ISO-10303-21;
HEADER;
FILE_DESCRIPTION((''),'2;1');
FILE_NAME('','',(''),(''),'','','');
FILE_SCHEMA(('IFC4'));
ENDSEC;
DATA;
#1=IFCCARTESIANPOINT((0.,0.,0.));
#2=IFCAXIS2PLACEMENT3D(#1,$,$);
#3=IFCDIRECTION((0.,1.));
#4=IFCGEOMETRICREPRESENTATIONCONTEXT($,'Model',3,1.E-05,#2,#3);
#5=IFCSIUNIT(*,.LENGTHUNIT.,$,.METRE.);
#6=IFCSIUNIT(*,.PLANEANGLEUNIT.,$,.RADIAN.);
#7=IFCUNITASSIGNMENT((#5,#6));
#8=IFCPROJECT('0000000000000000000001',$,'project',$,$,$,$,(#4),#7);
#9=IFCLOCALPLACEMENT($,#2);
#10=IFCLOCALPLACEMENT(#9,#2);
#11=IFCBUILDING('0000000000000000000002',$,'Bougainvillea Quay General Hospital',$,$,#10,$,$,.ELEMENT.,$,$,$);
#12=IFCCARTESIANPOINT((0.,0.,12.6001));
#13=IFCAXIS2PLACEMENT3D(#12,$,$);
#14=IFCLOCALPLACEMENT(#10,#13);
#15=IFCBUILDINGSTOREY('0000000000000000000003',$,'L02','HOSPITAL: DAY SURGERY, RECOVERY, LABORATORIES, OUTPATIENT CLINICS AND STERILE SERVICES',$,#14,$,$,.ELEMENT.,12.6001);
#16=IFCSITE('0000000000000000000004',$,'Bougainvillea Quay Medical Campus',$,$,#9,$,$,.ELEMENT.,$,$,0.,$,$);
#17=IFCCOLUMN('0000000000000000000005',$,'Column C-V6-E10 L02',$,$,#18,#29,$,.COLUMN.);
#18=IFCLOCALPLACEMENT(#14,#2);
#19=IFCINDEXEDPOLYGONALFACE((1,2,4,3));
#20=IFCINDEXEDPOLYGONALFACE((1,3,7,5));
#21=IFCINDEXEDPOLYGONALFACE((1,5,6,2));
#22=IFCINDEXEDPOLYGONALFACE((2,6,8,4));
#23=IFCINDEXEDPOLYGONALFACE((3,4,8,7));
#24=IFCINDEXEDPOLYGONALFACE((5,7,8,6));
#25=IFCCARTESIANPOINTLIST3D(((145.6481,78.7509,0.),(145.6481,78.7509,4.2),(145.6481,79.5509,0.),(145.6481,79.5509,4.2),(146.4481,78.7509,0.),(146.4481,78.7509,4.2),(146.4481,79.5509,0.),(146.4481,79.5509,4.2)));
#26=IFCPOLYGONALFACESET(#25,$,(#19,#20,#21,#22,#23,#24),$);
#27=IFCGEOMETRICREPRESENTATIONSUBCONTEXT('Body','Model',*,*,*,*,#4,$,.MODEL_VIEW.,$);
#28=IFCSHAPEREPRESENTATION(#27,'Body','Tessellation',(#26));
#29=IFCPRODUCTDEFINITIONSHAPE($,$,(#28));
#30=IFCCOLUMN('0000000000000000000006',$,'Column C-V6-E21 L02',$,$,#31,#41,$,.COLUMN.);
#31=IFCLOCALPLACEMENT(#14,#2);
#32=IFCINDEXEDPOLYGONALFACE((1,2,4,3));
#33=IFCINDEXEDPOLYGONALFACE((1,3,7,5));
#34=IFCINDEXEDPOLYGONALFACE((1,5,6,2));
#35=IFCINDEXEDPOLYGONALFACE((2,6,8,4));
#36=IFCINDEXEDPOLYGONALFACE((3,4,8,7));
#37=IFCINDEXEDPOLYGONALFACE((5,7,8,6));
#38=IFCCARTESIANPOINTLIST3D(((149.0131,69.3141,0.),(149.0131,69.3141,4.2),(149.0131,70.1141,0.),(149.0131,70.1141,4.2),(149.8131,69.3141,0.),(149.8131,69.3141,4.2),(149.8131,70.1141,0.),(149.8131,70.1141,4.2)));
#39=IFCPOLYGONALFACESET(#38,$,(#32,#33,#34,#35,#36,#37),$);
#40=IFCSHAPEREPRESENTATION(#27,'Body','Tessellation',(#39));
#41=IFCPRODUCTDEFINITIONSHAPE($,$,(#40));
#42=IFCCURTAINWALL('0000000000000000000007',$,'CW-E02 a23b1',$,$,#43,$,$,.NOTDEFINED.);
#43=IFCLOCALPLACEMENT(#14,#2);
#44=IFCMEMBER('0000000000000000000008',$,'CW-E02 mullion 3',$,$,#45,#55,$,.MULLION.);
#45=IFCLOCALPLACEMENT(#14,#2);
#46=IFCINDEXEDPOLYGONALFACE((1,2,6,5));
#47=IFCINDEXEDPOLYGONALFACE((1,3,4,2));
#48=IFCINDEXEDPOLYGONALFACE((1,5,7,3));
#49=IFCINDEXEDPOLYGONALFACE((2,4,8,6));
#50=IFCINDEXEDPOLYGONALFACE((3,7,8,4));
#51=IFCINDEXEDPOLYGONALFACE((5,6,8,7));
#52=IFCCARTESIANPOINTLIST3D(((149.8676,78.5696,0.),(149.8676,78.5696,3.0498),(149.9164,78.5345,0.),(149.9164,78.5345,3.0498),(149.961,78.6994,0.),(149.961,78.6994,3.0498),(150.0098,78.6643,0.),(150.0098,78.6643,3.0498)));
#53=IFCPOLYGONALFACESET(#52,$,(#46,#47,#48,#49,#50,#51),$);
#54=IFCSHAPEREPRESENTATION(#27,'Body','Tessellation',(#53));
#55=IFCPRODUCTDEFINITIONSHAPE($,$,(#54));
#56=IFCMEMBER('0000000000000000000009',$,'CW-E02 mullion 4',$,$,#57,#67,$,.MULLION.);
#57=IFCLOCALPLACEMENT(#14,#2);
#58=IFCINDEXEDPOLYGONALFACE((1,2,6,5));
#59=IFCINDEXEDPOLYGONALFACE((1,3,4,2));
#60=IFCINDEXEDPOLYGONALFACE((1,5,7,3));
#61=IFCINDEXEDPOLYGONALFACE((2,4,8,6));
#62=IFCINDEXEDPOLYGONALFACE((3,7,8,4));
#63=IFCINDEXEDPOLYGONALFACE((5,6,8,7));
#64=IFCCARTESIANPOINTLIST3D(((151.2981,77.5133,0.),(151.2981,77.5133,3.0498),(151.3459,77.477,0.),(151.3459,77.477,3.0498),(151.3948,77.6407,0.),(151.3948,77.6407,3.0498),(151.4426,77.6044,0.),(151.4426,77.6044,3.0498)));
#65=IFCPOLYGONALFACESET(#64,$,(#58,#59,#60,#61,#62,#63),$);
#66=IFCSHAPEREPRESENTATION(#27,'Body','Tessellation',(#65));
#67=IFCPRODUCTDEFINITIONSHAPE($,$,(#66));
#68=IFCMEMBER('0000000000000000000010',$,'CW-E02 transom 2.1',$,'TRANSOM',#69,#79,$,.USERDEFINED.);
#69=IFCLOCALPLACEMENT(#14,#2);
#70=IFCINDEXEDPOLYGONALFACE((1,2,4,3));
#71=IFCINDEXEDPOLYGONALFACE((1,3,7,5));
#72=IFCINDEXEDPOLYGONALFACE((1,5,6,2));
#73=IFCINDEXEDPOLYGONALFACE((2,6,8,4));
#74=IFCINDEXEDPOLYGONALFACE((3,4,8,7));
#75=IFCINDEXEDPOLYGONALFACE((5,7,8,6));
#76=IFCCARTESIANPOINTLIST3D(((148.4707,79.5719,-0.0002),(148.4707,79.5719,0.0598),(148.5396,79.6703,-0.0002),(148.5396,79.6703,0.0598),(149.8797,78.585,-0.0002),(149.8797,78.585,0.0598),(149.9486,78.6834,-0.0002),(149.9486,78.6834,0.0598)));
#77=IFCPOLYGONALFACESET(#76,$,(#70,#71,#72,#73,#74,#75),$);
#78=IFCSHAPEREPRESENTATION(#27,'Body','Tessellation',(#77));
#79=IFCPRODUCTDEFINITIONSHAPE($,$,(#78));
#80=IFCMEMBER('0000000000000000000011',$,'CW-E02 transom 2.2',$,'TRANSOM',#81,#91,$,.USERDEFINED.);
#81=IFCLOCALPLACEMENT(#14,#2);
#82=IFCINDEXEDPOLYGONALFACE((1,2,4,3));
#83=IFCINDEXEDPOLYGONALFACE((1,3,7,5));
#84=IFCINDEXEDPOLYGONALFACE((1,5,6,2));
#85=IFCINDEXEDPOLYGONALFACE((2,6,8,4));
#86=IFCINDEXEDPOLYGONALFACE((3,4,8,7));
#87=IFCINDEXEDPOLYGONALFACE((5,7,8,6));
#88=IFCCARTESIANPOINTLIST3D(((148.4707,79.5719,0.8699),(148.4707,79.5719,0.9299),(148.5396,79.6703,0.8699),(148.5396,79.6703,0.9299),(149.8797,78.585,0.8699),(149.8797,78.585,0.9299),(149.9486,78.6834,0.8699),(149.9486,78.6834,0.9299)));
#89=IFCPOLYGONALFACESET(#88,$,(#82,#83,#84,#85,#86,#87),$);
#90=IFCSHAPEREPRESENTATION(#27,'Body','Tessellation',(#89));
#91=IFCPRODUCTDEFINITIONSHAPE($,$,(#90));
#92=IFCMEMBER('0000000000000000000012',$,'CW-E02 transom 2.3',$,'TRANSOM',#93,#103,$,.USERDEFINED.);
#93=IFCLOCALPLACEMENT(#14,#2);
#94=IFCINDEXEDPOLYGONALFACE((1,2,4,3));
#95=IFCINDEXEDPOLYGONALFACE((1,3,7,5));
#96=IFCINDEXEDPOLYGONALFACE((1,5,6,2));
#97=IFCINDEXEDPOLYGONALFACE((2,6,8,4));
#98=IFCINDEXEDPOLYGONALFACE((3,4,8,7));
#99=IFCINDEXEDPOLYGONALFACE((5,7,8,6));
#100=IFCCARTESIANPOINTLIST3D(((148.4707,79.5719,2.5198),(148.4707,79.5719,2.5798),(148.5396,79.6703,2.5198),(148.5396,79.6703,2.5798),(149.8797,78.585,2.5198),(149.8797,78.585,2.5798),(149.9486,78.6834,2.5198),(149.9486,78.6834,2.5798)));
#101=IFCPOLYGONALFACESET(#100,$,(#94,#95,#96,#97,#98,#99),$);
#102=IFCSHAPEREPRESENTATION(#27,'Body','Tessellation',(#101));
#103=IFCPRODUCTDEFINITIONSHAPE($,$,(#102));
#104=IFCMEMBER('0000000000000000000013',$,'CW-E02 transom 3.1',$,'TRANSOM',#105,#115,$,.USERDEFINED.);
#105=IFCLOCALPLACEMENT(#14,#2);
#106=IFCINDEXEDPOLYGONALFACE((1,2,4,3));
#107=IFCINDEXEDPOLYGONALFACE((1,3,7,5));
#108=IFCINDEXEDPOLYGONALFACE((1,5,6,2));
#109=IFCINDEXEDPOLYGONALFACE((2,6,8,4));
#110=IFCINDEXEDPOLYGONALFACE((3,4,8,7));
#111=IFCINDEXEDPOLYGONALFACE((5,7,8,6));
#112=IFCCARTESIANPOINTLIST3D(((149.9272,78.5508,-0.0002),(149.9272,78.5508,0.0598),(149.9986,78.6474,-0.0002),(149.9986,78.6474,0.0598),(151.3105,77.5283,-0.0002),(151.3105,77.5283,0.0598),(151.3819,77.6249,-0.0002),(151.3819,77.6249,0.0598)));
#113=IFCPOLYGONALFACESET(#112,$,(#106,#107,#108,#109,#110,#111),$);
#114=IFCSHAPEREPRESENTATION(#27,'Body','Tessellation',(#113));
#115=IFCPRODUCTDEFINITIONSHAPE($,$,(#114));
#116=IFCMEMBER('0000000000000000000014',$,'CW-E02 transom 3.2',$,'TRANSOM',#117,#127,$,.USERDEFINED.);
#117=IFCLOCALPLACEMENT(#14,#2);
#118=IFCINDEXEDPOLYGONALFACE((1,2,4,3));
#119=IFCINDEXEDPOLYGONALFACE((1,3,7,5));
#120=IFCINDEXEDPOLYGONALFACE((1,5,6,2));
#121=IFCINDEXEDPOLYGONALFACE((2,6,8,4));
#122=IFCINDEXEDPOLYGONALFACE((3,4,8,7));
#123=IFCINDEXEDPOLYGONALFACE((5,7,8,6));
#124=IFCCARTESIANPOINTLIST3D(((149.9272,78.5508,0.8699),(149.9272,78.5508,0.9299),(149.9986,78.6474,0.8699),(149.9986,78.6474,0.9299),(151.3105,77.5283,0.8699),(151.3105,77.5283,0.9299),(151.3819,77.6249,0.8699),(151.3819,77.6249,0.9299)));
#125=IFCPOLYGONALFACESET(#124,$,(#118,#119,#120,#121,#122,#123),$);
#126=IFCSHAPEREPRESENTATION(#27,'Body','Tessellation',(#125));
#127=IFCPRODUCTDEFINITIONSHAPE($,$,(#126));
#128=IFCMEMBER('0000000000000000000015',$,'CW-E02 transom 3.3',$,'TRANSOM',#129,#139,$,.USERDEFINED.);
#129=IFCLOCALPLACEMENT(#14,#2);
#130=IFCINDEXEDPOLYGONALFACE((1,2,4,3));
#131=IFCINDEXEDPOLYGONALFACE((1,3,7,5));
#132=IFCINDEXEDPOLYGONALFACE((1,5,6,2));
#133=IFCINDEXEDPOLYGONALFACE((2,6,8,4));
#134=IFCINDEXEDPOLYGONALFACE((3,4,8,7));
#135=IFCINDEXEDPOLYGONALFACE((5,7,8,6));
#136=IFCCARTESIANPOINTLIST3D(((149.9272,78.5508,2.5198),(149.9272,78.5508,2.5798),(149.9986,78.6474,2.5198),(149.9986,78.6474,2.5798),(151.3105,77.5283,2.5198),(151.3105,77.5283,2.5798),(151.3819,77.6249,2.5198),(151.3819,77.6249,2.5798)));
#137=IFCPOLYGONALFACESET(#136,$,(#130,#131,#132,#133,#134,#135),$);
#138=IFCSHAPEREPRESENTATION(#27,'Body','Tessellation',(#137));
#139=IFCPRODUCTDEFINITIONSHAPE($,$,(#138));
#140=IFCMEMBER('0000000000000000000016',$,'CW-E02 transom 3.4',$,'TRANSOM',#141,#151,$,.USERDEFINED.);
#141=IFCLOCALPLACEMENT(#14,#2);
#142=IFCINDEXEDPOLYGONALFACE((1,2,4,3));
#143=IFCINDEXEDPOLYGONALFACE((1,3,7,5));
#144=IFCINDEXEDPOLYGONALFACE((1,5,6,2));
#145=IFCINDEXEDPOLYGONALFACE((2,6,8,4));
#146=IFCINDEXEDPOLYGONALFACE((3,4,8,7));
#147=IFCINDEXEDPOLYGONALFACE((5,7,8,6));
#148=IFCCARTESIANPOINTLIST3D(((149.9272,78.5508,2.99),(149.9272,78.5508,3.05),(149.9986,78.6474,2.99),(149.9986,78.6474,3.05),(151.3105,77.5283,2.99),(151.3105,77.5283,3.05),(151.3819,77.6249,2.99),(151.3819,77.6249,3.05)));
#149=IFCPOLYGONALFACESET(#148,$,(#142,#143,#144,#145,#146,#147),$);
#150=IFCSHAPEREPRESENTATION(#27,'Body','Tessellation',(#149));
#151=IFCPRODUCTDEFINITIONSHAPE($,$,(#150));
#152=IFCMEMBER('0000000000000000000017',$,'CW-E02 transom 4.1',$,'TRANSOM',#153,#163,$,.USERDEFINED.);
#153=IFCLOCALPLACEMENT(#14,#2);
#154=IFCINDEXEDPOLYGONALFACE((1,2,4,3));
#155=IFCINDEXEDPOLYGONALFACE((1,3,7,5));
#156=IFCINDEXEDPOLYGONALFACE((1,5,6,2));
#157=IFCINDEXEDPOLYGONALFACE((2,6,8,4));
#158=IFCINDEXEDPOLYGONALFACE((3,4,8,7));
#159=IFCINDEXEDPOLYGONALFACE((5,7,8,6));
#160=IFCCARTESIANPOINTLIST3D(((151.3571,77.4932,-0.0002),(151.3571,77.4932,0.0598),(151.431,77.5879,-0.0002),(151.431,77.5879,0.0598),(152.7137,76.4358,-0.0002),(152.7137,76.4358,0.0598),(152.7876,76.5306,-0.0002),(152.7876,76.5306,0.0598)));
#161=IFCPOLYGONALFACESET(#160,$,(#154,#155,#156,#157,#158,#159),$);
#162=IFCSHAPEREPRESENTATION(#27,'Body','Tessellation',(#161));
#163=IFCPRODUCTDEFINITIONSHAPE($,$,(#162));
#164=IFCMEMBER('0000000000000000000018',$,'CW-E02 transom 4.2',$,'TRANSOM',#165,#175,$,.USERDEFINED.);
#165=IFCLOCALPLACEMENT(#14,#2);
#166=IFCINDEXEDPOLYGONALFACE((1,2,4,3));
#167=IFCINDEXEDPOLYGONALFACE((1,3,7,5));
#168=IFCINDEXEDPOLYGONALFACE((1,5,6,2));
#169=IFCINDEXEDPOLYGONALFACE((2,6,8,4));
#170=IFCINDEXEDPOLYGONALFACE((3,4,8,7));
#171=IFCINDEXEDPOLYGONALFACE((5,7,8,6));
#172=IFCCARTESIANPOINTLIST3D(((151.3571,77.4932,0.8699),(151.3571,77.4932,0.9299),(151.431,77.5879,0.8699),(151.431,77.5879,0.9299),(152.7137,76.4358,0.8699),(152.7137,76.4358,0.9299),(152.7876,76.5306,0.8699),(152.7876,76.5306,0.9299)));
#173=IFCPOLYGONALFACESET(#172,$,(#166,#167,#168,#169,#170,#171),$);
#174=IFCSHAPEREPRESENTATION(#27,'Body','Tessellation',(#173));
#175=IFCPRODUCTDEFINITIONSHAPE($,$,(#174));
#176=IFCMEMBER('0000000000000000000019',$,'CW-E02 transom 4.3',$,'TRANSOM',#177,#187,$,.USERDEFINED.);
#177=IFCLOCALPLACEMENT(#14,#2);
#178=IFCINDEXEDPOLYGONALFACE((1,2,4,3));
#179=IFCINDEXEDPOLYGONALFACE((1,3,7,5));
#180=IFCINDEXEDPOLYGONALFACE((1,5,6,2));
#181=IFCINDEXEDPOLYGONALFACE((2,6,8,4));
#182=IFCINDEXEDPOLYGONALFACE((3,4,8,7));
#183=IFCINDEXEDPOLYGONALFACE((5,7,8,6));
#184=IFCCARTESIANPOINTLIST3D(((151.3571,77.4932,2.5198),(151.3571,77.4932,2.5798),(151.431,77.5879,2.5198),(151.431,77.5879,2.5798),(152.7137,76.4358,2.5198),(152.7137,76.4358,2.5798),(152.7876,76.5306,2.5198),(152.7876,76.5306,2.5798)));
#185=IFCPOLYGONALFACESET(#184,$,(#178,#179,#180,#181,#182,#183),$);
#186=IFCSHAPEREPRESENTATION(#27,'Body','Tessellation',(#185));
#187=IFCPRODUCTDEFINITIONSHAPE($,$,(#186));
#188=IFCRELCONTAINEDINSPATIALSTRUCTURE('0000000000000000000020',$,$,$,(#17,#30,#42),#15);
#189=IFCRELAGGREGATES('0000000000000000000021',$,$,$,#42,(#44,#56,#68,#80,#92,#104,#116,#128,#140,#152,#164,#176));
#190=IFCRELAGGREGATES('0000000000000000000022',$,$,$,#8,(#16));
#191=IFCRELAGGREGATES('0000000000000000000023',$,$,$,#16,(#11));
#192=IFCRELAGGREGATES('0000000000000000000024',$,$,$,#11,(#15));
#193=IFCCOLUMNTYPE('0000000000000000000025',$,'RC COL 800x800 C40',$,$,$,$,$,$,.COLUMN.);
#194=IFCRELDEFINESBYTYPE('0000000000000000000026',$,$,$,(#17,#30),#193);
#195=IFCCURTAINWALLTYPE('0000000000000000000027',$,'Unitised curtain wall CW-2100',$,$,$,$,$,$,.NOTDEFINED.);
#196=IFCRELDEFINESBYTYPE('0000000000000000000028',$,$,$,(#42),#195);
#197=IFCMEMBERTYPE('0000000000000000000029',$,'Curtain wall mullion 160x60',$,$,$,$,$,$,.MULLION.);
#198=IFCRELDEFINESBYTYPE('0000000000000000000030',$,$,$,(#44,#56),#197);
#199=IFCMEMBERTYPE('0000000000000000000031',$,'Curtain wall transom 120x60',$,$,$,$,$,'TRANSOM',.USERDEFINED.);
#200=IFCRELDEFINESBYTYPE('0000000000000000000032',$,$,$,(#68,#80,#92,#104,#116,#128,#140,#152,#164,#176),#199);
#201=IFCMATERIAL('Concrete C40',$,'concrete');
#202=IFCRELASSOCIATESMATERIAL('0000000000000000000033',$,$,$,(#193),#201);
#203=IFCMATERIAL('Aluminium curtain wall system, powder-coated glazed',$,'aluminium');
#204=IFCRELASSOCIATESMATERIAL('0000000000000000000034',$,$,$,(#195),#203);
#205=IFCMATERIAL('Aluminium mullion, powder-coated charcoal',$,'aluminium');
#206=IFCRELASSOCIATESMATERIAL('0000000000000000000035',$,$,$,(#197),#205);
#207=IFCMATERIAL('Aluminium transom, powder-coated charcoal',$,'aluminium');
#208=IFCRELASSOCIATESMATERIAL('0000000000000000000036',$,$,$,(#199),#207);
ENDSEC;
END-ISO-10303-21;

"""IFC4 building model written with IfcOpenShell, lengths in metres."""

from ifc_helpers import new_model, si_unit, direction, frame, origin, origin_2d, place, context, subcontext, project, spatial, rectangle, extrude, material, material_profile, profile_set, type_object, element, aggregate, save


model = new_model("IFC4")

# Units and contexts
model_context = context("Model", 3, precision=1e-05, world=origin(), true_north=direction((0.0, 1.0)))
body_context = subcontext(model_context, "Body", "Model", "MODEL_VIEW")
ifc_project = project(units=[si_unit("LENGTHUNIT", "METRE"), si_unit("PLANEANGLEUNIT", "RADIAN")], contexts=[model_context])

# Site, building, storey
site_placement = place(None, origin())
site = spatial("IfcSite", under=ifc_project, at=site_placement, Name="Bougainvillea Quay Medical Campus", CompositionType="ELEMENT", RefElevation=0.0)
building_placement = place(site_placement, origin())
building = spatial("IfcBuilding", under=site, at=building_placement, Name="Bougainvillea Quay General Hospital", CompositionType="ELEMENT")
storey_placement = place(building_placement, frame((0.0, 0.0, 12.6001)))
storey = spatial("IfcBuildingStorey", under=building, at=storey_placement, Name="L02", Description="HOSPITAL: DAY SURGERY, RECOVERY, LABORATORIES, OUTPATIENT CLINICS AND STERILE SERVICES", CompositionType="ELEMENT", Elevation=12.6001)

# Columns
ifc_material_1 = material(Name="Concrete C40", Category="concrete")
ifc_material_profile_1 = material_profile(ifc_material_1, rectangle(XDim=0.8, YDim=0.8, at=origin_2d()))
ifc_profile_set_1 = profile_set([ifc_material_profile_1], Name="Concrete C40")
column_type = type_object("IfcColumnType", Name="RC COL 800x800 C40", PredefinedType="COLUMN", material=ifc_profile_set_1)
for number, where, z_axis, x_axis, name in (
    (1, (146.0481, 79.1509, 0.0), (0.0, 0.0, 1.0), (1.0, 0.0, 0.0), "Column C-V6-E10 L02"),
    (2, (149.4131, 69.7141, 0.0), (0.0, 0.0, 1.0), (1.0, 0.0, 0.0), "Column C-V6-E21 L02"),
):
    element("IfcColumn", number, at=place(storey_placement, frame(where, z_axis=z_axis, x_axis=x_axis)), inside=storey, type_object=column_type, Name=name, PredefinedType="COLUMN", context=body_context, shape_type="SweptSolid", body=[
        extrude(rectangle(XDim=0.8, YDim=0.8, at=origin_2d()), origin(), (0.0, 0.0, 1.0), 4.2),
    ])

# Curtain wall, members
ifc_material_2 = material(Name="Aluminium curtain wall system, powder-coated glazed", Category="aluminium")
curtain_wall_type = type_object("IfcCurtainWallType", Name="Unitised curtain wall CW-2100", PredefinedType="NOTDEFINED", material=ifc_material_2)
curtain_wall_placement = place(storey_placement, origin())
curtain_wall = element("IfcCurtainWall", 3, at=curtain_wall_placement, inside=storey, type_object=curtain_wall_type, Name="CW-E02 a23b1", PredefinedType="NOTDEFINED")
ifc_material_3 = material(Name="Aluminium mullion, powder-coated charcoal", Category="aluminium")
ifc_material_profile_2 = material_profile(ifc_material_3, rectangle(XDim=0.1599, YDim=0.0601, at=origin_2d()))
ifc_profile_set_2 = profile_set([ifc_material_profile_2], Name="Aluminium mullion, powder-coated charcoal")
member_type_1 = type_object("IfcMemberType", Name="Curtain wall mullion 160x60", PredefinedType="MULLION", material=ifc_profile_set_2)
member_1_placement = place(storey_placement, frame((149.9387, 78.6169, 0.0), z_axis=(0.0, 0.0, 1.0), x_axis=(0.584063, 0.811709, 0.0)))
member_1 = element("IfcMember", 4, at=member_1_placement, type_object=member_type_1, Name="CW-E02 mullion 3", PredefinedType="MULLION", context=body_context, shape_type="SweptSolid", body=[
    extrude(rectangle(XDim=0.1599, YDim=0.0601, at=origin_2d()), origin(), (0.0, 0.0, 1.0), 3.0498),
])
member_2_placement = place(storey_placement, frame((151.3704, 77.5588, 0.0), z_axis=(0.0, 0.0, 1.0), x_axis=(0.604588, 0.796538, 0.0)))
member_2 = element("IfcMember", 5, at=member_2_placement, type_object=member_type_1, Name="CW-E02 mullion 4", PredefinedType="MULLION", context=body_context, shape_type="SweptSolid", body=[
    extrude(rectangle(XDim=0.1599, YDim=0.0601, at=origin_2d()), origin(), (0.0, 0.0, 1.0), 3.0498),
])
ifc_material_4 = material(Name="Aluminium transom, powder-coated charcoal", Category="aluminium")
ifc_material_profile_3 = material_profile(ifc_material_4, rectangle(XDim=0.1201, YDim=0.0601, at=origin_2d()))
ifc_profile_set_3 = profile_set([ifc_material_profile_3], Name="Aluminium transom, powder-coated charcoal")
member_type_2 = type_object("IfcMemberType", Name="Curtain wall transom 120x60", ElementType="TRANSOM", PredefinedType="USERDEFINED", material=ifc_profile_set_3)
member_3_placement = place(storey_placement, frame((148.5051, 79.6211, 0.0298), z_axis=(0.819079, -0.573681, 0.0), x_axis=(0.573681, 0.819079, 0.0)))
member_3 = element("IfcMember", 6, at=member_3_placement, type_object=member_type_2, Name="CW-E02 transom 2.1", ObjectType="TRANSOM", PredefinedType="USERDEFINED", context=body_context, shape_type="SweptSolid", body=[
    extrude(rectangle(XDim=0.1201, YDim=0.0601, at=origin_2d()), origin(), (0.0, 0.0, 1.0), 1.7202),
])
member_4_placement = place(storey_placement, frame((148.5051, 79.6211, 0.8999), z_axis=(0.819079, -0.573681, 0.0), x_axis=(0.573681, 0.819079, 0.0)))
member_4 = element("IfcMember", 7, at=member_4_placement, type_object=member_type_2, Name="CW-E02 transom 2.2", ObjectType="TRANSOM", PredefinedType="USERDEFINED", context=body_context, shape_type="SweptSolid", body=[
    extrude(rectangle(XDim=0.1201, YDim=0.0601, at=origin_2d()), origin(), (0.0, 0.0, 1.0), 1.7202),
])
member_5_placement = place(storey_placement, frame((148.5051, 79.6211, 2.5498), z_axis=(0.819079, -0.573681, 0.0), x_axis=(0.573681, 0.819079, 0.0)))
member_5 = element("IfcMember", 8, at=member_5_placement, type_object=member_type_2, Name="CW-E02 transom 2.3", ObjectType="TRANSOM", PredefinedType="USERDEFINED", context=body_context, shape_type="SweptSolid", body=[
    extrude(rectangle(XDim=0.1201, YDim=0.0601, at=origin_2d()), origin(), (0.0, 0.0, 1.0), 1.7202),
])
member_6_placement = place(storey_placement, frame((149.9629, 78.5991, 0.0298), z_axis=(0.80417, -0.594399, 0.0), x_axis=(0.594399, 0.80417, 0.0)))
member_6 = element("IfcMember", 9, at=member_6_placement, type_object=member_type_2, Name="CW-E02 transom 3.1", ObjectType="TRANSOM", PredefinedType="USERDEFINED", context=body_context, shape_type="SweptSolid", body=[
    extrude(rectangle(XDim=0.1201, YDim=0.0601, at=origin_2d()), origin(), (0.0, 0.0, 1.0), 1.7202),
])
member_7_placement = place(storey_placement, frame((149.9629, 78.5991, 0.8999), z_axis=(0.80417, -0.594399, 0.0), x_axis=(0.594399, 0.80417, 0.0)))
member_7 = element("IfcMember", 10, at=member_7_placement, type_object=member_type_2, Name="CW-E02 transom 3.2", ObjectType="TRANSOM", PredefinedType="USERDEFINED", context=body_context, shape_type="SweptSolid", body=[
    extrude(rectangle(XDim=0.1201, YDim=0.0601, at=origin_2d()), origin(), (0.0, 0.0, 1.0), 1.7202),
])
member_8_placement = place(storey_placement, frame((149.9629, 78.5991, 2.5498), z_axis=(0.80417, -0.594399, 0.0), x_axis=(0.594399, 0.80417, 0.0)))
member_8 = element("IfcMember", 11, at=member_8_placement, type_object=member_type_2, Name="CW-E02 transom 3.3", ObjectType="TRANSOM", PredefinedType="USERDEFINED", context=body_context, shape_type="SweptSolid", body=[
    extrude(rectangle(XDim=0.1201, YDim=0.0601, at=origin_2d()), origin(), (0.0, 0.0, 1.0), 1.7202),
])
member_9_placement = place(storey_placement, frame((149.9629, 78.5991, 3.02), z_axis=(0.80417, -0.594399, 0.0), x_axis=(0.594399, 0.80417, 0.0)))
member_9 = element("IfcMember", 12, at=member_9_placement, type_object=member_type_2, Name="CW-E02 transom 3.4", ObjectType="TRANSOM", PredefinedType="USERDEFINED", context=body_context, shape_type="SweptSolid", body=[
    extrude(rectangle(XDim=0.1201, YDim=0.0601, at=origin_2d()), origin(), (0.0, 0.0, 1.0), 1.7202),
])
member_10_placement = place(storey_placement, frame((151.394, 77.5405, 0.0298), z_axis=(0.78874, -0.614726, 0.0), x_axis=(0.614726, 0.78874, 0.0)))
member_10 = element("IfcMember", 13, at=member_10_placement, type_object=member_type_2, Name="CW-E02 transom 4.1", ObjectType="TRANSOM", PredefinedType="USERDEFINED", context=body_context, shape_type="SweptSolid", body=[
    extrude(rectangle(XDim=0.1201, YDim=0.0601, at=origin_2d()), origin(), (0.0, 0.0, 1.0), 1.72),
])
member_11_placement = place(storey_placement, frame((151.394, 77.5405, 0.8999), z_axis=(0.78874, -0.614726, 0.0), x_axis=(0.614726, 0.78874, 0.0)))
member_11 = element("IfcMember", 14, at=member_11_placement, type_object=member_type_2, Name="CW-E02 transom 4.2", ObjectType="TRANSOM", PredefinedType="USERDEFINED", context=body_context, shape_type="SweptSolid", body=[
    extrude(rectangle(XDim=0.1201, YDim=0.0601, at=origin_2d()), origin(), (0.0, 0.0, 1.0), 1.72),
])
member_12_placement = place(storey_placement, frame((151.394, 77.5405, 2.5498), z_axis=(0.78874, -0.614726, 0.0), x_axis=(0.614726, 0.78874, 0.0)))
member_12 = element("IfcMember", 15, at=member_12_placement, type_object=member_type_2, Name="CW-E02 transom 4.3", ObjectType="TRANSOM", PredefinedType="USERDEFINED", context=body_context, shape_type="SweptSolid", body=[
    extrude(rectangle(XDim=0.1201, YDim=0.0601, at=origin_2d()), origin(), (0.0, 0.0, 1.0), 1.72),
])
aggregate(curtain_wall, [member_1, member_2, member_3, member_4, member_5, member_6, member_7, member_8, member_9, member_10, member_11, member_12])

save(model, "model.ifc")
